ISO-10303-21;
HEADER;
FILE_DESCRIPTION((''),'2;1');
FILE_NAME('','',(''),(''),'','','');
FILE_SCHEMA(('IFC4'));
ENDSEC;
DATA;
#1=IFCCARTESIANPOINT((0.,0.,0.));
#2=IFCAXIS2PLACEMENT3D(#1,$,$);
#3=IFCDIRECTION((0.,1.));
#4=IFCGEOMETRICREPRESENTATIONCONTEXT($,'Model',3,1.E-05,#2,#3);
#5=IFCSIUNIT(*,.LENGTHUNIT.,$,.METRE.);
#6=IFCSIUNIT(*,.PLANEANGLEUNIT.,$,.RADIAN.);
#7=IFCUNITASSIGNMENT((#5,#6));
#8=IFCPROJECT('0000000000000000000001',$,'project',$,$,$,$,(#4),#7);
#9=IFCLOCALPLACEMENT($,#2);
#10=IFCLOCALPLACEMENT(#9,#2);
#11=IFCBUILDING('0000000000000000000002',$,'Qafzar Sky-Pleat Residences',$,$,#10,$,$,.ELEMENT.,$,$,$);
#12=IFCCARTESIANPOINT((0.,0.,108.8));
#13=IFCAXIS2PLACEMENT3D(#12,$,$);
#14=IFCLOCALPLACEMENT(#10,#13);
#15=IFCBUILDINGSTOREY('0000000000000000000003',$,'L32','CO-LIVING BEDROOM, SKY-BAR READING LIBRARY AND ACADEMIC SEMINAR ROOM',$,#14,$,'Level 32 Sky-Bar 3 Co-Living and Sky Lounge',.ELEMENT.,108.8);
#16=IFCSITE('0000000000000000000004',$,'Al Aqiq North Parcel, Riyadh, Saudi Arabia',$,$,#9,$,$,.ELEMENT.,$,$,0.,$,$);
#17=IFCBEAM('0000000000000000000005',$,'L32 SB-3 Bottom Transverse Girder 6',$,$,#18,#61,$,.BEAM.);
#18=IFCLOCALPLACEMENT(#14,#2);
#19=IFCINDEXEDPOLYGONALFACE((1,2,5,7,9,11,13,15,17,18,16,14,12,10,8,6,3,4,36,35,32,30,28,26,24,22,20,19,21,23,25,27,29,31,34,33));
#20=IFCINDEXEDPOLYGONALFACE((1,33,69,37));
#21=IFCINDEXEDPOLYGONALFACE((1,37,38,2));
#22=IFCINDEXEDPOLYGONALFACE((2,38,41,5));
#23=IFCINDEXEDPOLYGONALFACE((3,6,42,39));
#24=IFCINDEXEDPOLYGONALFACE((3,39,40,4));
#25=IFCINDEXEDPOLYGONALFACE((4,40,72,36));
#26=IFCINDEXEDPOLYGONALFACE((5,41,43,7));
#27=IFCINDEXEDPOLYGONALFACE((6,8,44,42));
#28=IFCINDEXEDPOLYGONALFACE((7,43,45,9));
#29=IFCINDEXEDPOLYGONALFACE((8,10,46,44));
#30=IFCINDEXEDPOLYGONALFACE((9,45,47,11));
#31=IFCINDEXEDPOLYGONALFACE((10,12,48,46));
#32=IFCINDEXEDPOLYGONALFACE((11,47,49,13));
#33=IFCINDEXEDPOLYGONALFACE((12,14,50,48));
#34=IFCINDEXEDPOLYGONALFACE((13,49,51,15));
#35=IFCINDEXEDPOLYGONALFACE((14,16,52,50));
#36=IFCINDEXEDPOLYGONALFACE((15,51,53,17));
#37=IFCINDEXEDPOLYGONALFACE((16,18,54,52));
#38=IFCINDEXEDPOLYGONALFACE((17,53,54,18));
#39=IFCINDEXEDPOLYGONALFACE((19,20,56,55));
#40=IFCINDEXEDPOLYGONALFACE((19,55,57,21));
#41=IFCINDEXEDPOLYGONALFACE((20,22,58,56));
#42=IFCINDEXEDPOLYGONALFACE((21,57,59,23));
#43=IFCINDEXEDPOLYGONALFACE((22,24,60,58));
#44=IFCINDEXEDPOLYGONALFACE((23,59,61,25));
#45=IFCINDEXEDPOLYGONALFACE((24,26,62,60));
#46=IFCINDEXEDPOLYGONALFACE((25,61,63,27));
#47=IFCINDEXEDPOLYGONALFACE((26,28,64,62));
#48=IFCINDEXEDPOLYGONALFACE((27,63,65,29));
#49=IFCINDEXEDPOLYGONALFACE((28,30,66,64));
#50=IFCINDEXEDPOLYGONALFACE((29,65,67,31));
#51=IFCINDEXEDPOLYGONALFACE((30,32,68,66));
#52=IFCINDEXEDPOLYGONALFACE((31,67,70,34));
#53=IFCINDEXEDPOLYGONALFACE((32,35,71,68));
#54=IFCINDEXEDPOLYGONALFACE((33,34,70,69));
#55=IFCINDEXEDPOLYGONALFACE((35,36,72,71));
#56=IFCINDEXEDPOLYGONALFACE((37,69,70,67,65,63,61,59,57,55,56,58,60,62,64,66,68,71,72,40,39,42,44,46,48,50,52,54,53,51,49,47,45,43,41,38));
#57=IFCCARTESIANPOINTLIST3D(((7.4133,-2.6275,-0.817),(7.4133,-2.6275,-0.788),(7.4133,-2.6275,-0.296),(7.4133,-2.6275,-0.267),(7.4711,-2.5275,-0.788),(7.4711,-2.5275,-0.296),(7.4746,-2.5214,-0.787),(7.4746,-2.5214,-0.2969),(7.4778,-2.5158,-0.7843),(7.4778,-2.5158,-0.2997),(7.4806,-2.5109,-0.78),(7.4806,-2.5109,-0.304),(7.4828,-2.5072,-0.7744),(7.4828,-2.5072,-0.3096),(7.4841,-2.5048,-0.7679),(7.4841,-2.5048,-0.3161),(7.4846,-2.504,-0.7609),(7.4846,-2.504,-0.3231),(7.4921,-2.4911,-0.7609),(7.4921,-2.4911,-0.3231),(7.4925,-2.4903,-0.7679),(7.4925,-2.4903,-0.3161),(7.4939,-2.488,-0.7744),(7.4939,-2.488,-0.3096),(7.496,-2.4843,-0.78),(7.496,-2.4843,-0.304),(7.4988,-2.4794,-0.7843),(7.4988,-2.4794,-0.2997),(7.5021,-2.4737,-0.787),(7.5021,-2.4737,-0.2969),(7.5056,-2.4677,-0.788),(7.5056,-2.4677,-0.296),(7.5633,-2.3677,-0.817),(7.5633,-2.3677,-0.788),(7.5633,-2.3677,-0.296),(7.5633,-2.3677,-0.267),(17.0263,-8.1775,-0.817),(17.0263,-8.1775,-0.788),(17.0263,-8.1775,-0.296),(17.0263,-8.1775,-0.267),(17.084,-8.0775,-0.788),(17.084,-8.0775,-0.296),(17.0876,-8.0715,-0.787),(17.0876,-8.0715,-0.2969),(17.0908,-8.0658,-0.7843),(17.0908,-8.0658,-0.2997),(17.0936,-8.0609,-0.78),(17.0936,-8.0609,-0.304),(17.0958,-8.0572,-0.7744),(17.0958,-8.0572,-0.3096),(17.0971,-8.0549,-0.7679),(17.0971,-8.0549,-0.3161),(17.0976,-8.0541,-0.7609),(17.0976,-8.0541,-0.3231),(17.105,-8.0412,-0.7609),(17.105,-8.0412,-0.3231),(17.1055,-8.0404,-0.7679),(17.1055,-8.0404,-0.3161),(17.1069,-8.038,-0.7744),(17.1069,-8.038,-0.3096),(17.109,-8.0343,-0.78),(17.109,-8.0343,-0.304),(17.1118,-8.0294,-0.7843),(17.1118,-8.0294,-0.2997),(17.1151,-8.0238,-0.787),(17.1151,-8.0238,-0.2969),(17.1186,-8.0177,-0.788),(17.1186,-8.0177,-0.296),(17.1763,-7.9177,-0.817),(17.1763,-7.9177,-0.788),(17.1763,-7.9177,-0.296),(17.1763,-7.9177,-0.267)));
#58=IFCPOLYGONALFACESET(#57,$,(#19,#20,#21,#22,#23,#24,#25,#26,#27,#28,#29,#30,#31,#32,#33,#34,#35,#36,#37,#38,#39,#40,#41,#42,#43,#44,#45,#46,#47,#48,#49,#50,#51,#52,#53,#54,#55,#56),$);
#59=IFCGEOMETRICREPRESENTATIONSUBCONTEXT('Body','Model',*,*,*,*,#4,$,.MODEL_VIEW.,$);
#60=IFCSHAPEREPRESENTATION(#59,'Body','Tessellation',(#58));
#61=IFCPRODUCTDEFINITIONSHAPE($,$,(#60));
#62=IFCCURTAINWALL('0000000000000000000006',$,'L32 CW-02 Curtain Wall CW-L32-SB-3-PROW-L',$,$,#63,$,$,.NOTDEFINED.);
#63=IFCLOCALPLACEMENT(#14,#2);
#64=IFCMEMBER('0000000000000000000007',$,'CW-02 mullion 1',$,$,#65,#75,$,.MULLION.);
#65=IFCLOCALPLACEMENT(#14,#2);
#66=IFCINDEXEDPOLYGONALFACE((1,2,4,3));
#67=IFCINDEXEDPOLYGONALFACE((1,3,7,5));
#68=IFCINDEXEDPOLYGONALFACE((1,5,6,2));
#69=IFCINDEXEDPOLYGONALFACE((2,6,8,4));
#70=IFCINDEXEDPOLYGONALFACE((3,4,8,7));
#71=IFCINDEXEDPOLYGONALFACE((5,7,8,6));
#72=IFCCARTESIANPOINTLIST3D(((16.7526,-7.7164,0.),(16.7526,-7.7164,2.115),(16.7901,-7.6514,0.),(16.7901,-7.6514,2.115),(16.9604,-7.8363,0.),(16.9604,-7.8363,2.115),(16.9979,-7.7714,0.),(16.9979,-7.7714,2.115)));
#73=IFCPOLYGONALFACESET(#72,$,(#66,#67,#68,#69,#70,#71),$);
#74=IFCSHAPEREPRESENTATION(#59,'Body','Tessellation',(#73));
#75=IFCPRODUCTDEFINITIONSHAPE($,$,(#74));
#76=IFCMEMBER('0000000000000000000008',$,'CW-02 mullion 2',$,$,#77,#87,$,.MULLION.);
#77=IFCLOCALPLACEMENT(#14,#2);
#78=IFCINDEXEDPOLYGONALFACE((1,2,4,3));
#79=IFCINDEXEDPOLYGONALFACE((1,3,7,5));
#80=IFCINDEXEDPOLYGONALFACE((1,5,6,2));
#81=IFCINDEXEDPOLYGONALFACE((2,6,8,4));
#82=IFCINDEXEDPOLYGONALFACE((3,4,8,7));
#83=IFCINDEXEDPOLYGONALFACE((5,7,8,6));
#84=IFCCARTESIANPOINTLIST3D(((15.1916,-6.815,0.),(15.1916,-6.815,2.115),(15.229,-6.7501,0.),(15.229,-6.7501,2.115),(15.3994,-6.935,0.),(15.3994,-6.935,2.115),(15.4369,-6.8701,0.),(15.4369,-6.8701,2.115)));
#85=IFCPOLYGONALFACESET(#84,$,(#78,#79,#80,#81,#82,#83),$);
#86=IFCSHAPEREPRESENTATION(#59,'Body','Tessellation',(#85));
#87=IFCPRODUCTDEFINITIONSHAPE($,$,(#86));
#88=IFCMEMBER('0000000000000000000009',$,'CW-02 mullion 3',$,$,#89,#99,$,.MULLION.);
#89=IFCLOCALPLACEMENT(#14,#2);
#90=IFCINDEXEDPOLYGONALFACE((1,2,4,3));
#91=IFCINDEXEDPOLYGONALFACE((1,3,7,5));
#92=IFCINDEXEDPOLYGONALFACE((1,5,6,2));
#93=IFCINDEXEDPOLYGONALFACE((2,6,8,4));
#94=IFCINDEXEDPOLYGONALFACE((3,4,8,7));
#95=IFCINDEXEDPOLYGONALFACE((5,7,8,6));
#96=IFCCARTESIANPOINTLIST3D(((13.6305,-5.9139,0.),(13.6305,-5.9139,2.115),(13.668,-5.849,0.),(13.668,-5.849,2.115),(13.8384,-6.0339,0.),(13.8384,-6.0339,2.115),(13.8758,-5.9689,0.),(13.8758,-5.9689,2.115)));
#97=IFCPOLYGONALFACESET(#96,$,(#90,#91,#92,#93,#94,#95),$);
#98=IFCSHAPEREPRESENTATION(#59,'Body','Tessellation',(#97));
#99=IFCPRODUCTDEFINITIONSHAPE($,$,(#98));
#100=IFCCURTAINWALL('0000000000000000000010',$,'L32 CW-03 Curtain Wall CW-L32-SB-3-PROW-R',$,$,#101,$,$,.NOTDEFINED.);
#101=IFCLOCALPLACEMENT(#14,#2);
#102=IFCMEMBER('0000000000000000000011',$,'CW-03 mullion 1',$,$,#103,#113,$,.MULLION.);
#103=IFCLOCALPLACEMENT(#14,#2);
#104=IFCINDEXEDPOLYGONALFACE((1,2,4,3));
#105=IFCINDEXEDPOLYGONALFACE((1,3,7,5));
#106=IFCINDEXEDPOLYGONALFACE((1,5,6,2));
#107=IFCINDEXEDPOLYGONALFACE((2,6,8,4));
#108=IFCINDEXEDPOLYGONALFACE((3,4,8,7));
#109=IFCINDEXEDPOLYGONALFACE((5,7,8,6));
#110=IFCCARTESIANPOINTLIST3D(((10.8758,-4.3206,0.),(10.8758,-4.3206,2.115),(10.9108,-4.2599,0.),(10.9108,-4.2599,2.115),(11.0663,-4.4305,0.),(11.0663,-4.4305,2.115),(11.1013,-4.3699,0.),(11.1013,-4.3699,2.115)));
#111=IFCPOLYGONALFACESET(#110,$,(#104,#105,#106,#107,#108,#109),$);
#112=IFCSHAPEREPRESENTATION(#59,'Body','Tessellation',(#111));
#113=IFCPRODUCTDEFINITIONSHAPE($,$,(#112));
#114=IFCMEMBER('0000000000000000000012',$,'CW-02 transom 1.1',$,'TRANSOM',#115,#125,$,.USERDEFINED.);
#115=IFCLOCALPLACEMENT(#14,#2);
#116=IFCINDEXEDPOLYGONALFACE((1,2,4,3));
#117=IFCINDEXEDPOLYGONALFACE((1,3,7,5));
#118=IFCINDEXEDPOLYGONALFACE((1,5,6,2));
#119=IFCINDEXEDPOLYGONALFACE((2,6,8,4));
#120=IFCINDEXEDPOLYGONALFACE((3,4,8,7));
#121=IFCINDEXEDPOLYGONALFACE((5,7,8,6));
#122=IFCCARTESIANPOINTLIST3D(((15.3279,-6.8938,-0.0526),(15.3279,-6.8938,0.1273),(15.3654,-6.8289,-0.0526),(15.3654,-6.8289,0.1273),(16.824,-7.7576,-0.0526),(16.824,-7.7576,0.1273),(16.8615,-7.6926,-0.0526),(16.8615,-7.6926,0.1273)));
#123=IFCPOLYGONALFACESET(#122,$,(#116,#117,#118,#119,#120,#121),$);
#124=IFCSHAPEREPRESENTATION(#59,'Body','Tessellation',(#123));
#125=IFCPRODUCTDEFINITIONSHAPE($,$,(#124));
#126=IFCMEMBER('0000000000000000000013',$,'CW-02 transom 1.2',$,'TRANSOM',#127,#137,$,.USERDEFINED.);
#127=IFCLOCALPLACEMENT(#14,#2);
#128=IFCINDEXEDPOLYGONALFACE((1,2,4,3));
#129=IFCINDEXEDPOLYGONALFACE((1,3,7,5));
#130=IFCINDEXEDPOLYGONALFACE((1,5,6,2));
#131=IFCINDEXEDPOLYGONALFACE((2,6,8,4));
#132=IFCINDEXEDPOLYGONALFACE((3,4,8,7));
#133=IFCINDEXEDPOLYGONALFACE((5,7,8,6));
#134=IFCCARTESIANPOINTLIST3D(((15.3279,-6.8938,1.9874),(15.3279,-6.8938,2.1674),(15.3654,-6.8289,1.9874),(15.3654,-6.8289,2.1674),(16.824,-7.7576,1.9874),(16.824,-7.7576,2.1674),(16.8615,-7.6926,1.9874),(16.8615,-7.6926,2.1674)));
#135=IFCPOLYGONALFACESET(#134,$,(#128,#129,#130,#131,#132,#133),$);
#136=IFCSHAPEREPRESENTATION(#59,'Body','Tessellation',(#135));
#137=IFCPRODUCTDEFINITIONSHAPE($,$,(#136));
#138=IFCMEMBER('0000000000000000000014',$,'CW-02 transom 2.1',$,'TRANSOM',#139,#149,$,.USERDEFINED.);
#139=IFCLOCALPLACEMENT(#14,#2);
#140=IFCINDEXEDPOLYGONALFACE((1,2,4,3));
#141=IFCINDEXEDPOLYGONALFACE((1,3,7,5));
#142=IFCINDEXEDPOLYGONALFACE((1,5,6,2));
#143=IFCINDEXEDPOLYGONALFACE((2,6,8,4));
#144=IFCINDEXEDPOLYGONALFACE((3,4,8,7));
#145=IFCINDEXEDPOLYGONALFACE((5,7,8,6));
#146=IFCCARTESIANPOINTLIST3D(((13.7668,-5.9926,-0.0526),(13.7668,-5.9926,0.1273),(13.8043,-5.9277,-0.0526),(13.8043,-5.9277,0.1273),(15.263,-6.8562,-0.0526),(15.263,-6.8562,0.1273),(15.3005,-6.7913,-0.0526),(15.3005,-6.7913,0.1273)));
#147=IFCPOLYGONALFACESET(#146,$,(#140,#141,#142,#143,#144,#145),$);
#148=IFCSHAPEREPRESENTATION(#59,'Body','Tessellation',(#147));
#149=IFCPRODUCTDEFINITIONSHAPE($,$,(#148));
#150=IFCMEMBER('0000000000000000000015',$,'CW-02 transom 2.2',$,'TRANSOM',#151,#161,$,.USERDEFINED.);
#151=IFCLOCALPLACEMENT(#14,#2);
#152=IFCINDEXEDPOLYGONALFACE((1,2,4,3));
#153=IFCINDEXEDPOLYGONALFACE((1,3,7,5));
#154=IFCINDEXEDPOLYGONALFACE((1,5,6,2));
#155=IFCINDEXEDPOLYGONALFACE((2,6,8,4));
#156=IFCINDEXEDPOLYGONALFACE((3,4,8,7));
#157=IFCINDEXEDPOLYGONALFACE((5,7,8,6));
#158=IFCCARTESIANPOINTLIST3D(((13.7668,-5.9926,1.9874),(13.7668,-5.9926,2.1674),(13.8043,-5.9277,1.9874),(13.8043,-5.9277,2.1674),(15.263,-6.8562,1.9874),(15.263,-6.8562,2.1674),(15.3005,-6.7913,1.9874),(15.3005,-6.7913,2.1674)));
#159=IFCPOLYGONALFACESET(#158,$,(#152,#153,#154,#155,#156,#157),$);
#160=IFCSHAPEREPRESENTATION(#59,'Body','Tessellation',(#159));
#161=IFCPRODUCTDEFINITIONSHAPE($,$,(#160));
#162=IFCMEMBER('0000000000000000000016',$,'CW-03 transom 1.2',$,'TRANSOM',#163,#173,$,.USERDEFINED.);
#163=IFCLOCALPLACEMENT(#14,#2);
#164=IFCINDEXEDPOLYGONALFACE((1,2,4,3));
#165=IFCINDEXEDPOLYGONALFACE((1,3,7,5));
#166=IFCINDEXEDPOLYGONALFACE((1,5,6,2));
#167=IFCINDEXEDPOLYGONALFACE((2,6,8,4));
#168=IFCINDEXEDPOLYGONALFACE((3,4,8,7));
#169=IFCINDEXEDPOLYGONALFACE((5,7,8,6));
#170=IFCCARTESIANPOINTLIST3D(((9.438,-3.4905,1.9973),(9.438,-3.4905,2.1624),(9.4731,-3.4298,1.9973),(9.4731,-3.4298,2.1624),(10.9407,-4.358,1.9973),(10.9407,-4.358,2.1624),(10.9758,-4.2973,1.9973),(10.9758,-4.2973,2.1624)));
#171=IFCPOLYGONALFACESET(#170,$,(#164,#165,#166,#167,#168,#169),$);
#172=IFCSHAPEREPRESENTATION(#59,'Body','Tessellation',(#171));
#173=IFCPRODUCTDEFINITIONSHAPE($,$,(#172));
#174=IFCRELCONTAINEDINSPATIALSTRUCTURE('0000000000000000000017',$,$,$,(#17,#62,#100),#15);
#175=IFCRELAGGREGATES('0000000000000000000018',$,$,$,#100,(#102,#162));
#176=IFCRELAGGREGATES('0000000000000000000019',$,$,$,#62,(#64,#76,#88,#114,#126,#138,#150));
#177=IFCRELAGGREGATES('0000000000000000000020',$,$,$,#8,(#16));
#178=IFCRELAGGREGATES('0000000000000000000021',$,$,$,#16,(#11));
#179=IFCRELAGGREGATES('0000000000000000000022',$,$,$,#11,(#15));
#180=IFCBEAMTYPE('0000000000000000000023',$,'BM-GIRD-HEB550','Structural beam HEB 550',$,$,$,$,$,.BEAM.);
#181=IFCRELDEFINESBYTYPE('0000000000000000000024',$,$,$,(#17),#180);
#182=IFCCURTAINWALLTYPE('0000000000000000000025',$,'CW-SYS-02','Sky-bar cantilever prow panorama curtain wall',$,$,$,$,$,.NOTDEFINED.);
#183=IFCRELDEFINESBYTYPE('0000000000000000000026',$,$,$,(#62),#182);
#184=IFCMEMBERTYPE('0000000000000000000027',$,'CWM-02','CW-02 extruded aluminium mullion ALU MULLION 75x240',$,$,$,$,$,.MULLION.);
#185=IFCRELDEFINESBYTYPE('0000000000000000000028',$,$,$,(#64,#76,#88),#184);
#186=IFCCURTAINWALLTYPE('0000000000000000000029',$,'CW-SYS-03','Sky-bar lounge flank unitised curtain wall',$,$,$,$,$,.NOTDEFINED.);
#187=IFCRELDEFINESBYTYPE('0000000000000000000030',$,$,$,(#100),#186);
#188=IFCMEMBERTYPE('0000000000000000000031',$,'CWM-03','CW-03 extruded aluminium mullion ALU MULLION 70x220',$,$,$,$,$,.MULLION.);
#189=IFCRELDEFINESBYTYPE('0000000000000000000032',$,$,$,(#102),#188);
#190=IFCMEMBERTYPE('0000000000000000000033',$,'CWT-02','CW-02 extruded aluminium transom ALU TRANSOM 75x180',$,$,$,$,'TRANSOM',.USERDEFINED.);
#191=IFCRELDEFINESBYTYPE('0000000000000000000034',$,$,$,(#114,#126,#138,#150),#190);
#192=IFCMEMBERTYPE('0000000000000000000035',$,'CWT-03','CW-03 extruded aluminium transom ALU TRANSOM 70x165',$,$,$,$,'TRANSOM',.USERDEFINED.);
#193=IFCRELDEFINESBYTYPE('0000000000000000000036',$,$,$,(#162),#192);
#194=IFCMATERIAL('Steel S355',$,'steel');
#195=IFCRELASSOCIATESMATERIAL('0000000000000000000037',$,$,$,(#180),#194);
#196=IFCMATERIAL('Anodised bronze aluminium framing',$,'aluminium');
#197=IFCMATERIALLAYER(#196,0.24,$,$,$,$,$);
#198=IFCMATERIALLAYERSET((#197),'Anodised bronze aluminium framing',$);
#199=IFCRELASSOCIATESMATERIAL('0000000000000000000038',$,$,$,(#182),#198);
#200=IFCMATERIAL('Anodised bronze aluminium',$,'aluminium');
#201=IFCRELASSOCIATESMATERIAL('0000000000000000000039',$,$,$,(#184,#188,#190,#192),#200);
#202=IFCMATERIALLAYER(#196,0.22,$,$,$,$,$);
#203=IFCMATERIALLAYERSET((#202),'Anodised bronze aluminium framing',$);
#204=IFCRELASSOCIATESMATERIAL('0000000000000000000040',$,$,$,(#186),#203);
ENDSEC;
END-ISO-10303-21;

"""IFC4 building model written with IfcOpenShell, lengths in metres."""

from ifc_helpers import new_model, si_unit, direction, frame, origin, origin_2d, place, context, subcontext, project, spatial, rectangle, i_section, extrude, source, transform, mapped, material, layer, layer_set, material_profile, profile_set, type_object, element, aggregate, save


model = new_model("IFC4")

# Units and contexts
model_context = context("Model", 3, precision=1e-05, world=origin(), true_north=direction((0.0, 1.0)))
body_context = subcontext(model_context, "Body", "Model", "MODEL_VIEW")
ifc_project = project(units=[si_unit("LENGTHUNIT", "METRE"), si_unit("PLANEANGLEUNIT", "RADIAN")], contexts=[model_context])

# Site, building, storey
site_placement = place(None, origin())
site = spatial("IfcSite", under=ifc_project, at=site_placement, Name="Al Aqiq North Parcel, Riyadh, Saudi Arabia", CompositionType="ELEMENT", RefElevation=0.0)
building_placement = place(site_placement, origin())
building = spatial("IfcBuilding", under=site, at=building_placement, Name="Qafzar Sky-Pleat Residences", CompositionType="ELEMENT")
storey_placement = place(building_placement, frame((0.0, 0.0, 108.8)))
storey = spatial("IfcBuildingStorey", under=building, at=storey_placement, Name="L32", Description="CO-LIVING BEDROOM, SKY-BAR READING LIBRARY AND ACADEMIC SEMINAR ROOM", LongName="Level 32 Sky-Bar 3 Co-Living and Sky Lounge", CompositionType="ELEMENT", Elevation=108.8)

# Beam
ifc_material_1 = material(Name="Steel S355", Category="steel")
ifc_material_profile_1 = material_profile(ifc_material_1, i_section(OverallWidth=0.3, OverallDepth=0.55, WebThickness=0.0149, FlangeThickness=0.0291, FilletRadius=0.0271, at=origin_2d()), Name="HEB 550")
ifc_profile_set_1 = profile_set([ifc_material_profile_1], Name="Steel S355")
beam_type_1 = type_object("IfcBeamType", Name="BM-GIRD-HEB550", Description="Structural beam HEB 550", PredefinedType="BEAM", material=ifc_profile_set_1)
shared_shape_1 = source(origin(), body_context, "Body", "SweptSolid", [
    extrude(i_section(OverallWidth=0.3, OverallDepth=0.55, WebThickness=0.0149, FlangeThickness=0.0291, FilletRadius=0.0271, at=origin_2d()), origin(), (0.0, 0.0, 1.0), 11.1001),
])
for number, where, z_axis, x_axis, name in (
    (1, (17.1013, -8.0476, -0.542), (-0.866027, 0.499997, 0.0), (-0.499997, -0.866027, 0.0), "L32 SB-3 Bottom Transverse Girder 6"),
):
    element("IfcBeam", number, at=place(storey_placement, frame(where, z_axis=z_axis, x_axis=x_axis)), inside=storey, type_object=beam_type_1, Name=name, PredefinedType="BEAM", context=body_context, shape_type="MappedRepresentation", body=[
        mapped(shared_shape_1, transform((0.0, 0.0, 0.0), x_axis=(1.0, 0.0, 0.0), y_axis=(0.0, 1.0, 0.0), z_axis=(0.0, 0.0, 1.0), scale=1.0)),
    ])

# Curtain wall, members
ifc_material_2 = material(Name="Anodised bronze aluminium framing", Category="aluminium")
ifc_layer_1 = layer(ifc_material_2, 0.24)
ifc_layer_set_1 = layer_set([ifc_layer_1], Name="Anodised bronze aluminium framing")
curtain_wall_type_1 = type_object("IfcCurtainWallType", Name="CW-SYS-02", Description="Sky-bar cantilever prow panorama curtain wall", PredefinedType="NOTDEFINED", material=ifc_layer_set_1)
curtain_wall_1_placement = place(storey_placement, origin())
curtain_wall_1 = element("IfcCurtainWall", 2, at=curtain_wall_1_placement, inside=storey, type_object=curtain_wall_type_1, Name="L32 CW-02 Curtain Wall CW-L32-SB-3-PROW-L", PredefinedType="NOTDEFINED")
ifc_material_3 = material(Name="Anodised bronze aluminium", Category="aluminium")
ifc_material_profile_2 = material_profile(ifc_material_3, rectangle(XDim=0.075, YDim=0.24, at=origin_2d()), Name="ALU MULLION 75x240")
ifc_profile_set_2 = profile_set([ifc_material_profile_2], Name="Anodised bronze aluminium")
member_type_1 = type_object("IfcMemberType", Name="CWM-02", Description="CW-02 extruded aluminium mullion ALU MULLION 75x240", PredefinedType="MULLION", material=ifc_profile_set_2)
shared_shape_2 = source(origin(), body_context, "Body", "SweptSolid", [
    extrude(rectangle(XDim=0.075, YDim=0.24, at=origin_2d()), origin(), (0.0, 0.0, 1.0), 2.115),
])
member_1_placement = place(storey_placement, frame((16.8752, -7.7439, 0.0), z_axis=(0.0, 0.0, 1.0), x_axis=(-0.499997, -0.866027, 0.0)))
member_1 = element("IfcMember", 3, at=member_1_placement, type_object=member_type_1, Name="CW-02 mullion 1", PredefinedType="MULLION", context=body_context, shape_type="MappedRepresentation", body=[
    mapped(shared_shape_2, transform((0.0, 0.0, 0.0), x_axis=(1.0, 0.0, 0.0), y_axis=(0.0, 1.0, 0.0), z_axis=(0.0, 0.0, 1.0), scale=1.0)),
])
member_2_placement = place(storey_placement, frame((15.3142, -6.8425, 0.0), z_axis=(0.0, 0.0, 1.0), x_axis=(-0.499997, -0.866027, 0.0)))
member_2 = element("IfcMember", 4, at=member_2_placement, type_object=member_type_1, Name="CW-02 mullion 2", PredefinedType="MULLION", context=body_context, shape_type="MappedRepresentation", body=[
    mapped(shared_shape_2, transform((0.0, 0.0, 0.0), x_axis=(1.0, 0.0, 0.0), y_axis=(0.0, 1.0, 0.0), z_axis=(0.0, 0.0, 1.0), scale=1.0)),
])
member_3_placement = place(storey_placement, frame((13.7532, -5.9414, 0.0), z_axis=(0.0, 0.0, 1.0), x_axis=(-0.499997, -0.866027, 0.0)))
member_3 = element("IfcMember", 5, at=member_3_placement, type_object=member_type_1, Name="CW-02 mullion 3", PredefinedType="MULLION", context=body_context, shape_type="MappedRepresentation", body=[
    mapped(shared_shape_2, transform((0.0, 0.0, 0.0), x_axis=(1.0, 0.0, 0.0), y_axis=(0.0, 1.0, 0.0), z_axis=(0.0, 0.0, 1.0), scale=1.0)),
])

# Curtain wall, member
ifc_layer_2 = layer(ifc_material_2, 0.22)
ifc_layer_set_2 = layer_set([ifc_layer_2], Name="Anodised bronze aluminium framing")
curtain_wall_type_2 = type_object("IfcCurtainWallType", Name="CW-SYS-03", Description="Sky-bar lounge flank unitised curtain wall", PredefinedType="NOTDEFINED", material=ifc_layer_set_2)
curtain_wall_2_placement = place(storey_placement, origin())
curtain_wall_2 = element("IfcCurtainWall", 6, at=curtain_wall_2_placement, inside=storey, type_object=curtain_wall_type_2, Name="L32 CW-03 Curtain Wall CW-L32-SB-3-PROW-R", PredefinedType="NOTDEFINED")
ifc_material_profile_3 = material_profile(ifc_material_3, rectangle(XDim=0.0701, YDim=0.22, at=origin_2d()), Name="ALU MULLION 70x220")
ifc_profile_set_3 = profile_set([ifc_material_profile_3], Name="Anodised bronze aluminium")
member_type_2 = type_object("IfcMemberType", Name="CWM-03", Description="CW-03 extruded aluminium mullion ALU MULLION 70x220", PredefinedType="MULLION", material=ifc_profile_set_3)
shared_shape_3 = source(origin(), body_context, "Body", "SweptSolid", [
    extrude(rectangle(XDim=0.0701, YDim=0.22, at=origin_2d()), origin(), (0.0, 0.0, 1.0), 2.115),
])
member_4_placement = place(storey_placement, frame((10.9885, -4.3452, 0.0), z_axis=(0.0, 0.0, 1.0), x_axis=(-0.499997, -0.866027, 0.0)))
member_4 = element("IfcMember", 7, at=member_4_placement, type_object=member_type_2, Name="CW-03 mullion 1", PredefinedType="MULLION", context=body_context, shape_type="MappedRepresentation", body=[
    mapped(shared_shape_3, transform((0.0, 0.0, 0.0), x_axis=(1.0, 0.0, 0.0), y_axis=(0.0, 1.0, 0.0), z_axis=(0.0, 0.0, 1.0), scale=1.0)),
])

# Members
ifc_material_profile_4 = material_profile(ifc_material_3, rectangle(XDim=0.075, YDim=0.1799, at=origin_2d()), Name="ALU TRANSOM 75x180")
ifc_profile_set_4 = profile_set([ifc_material_profile_4], Name="Anodised bronze aluminium")
member_type_3 = type_object("IfcMemberType", Name="CWT-02", Description="CW-02 extruded aluminium transom ALU TRANSOM 75x180", ElementType="TRANSOM", PredefinedType="USERDEFINED", material=ifc_profile_set_4)
shared_shape_4 = source(origin(), body_context, "Body", "SweptSolid", [
    extrude(rectangle(XDim=0.075, YDim=0.1799, at=origin_2d()), origin(), (0.0, 0.0, 1.0), 1.7275),
])
member_5_placement = place(storey_placement, frame((16.8428, -7.7251, 0.0374), z_axis=(-0.866026, 0.5, 0.0), x_axis=(-0.5, -0.866026, 0.0)))
member_5 = element("IfcMember", 8, at=member_5_placement, type_object=member_type_3, Name="CW-02 transom 1.1", ObjectType="TRANSOM", PredefinedType="USERDEFINED", context=body_context, shape_type="MappedRepresentation", body=[
    mapped(shared_shape_4, transform((0.0, 0.0, 0.0), x_axis=(1.0, 0.0, 0.0), y_axis=(0.0, 1.0, 0.0), z_axis=(0.0, 0.0, 1.0), scale=1.0)),
])
member_6_placement = place(storey_placement, frame((16.8428, -7.7251, 2.0774), z_axis=(-0.866026, 0.5, 0.0), x_axis=(-0.5, -0.866026, 0.0)))
member_6 = element("IfcMember", 9, at=member_6_placement, type_object=member_type_3, Name="CW-02 transom 1.2", ObjectType="TRANSOM", PredefinedType="USERDEFINED", context=body_context, shape_type="MappedRepresentation", body=[
    mapped(shared_shape_4, transform((0.0, 0.0, 0.0), x_axis=(1.0, 0.0, 0.0), y_axis=(0.0, 1.0, 0.0), z_axis=(0.0, 0.0, 1.0), scale=1.0)),
])
member_7_placement = place(storey_placement, frame((15.2817, -6.8237, 0.0374), z_axis=(-0.866087, 0.499894, 0.0), x_axis=(-0.499894, -0.866087, 0.0)))
member_7 = element("IfcMember", 10, at=member_7_placement, type_object=member_type_3, Name="CW-02 transom 2.1", ObjectType="TRANSOM", PredefinedType="USERDEFINED", context=body_context, shape_type="MappedRepresentation", body=[
    mapped(shared_shape_4, transform((0.0, 0.0, 0.0), x_axis=(1.0, 0.0, 0.0), y_axis=(0.0, 1.0, 0.0), z_axis=(0.0, 0.0, 1.0), scale=1.0)),
])
member_8_placement = place(storey_placement, frame((15.2817, -6.8237, 2.0774), z_axis=(-0.866087, 0.499894, 0.0), x_axis=(-0.499894, -0.866087, 0.0)))
member_8 = element("IfcMember", 11, at=member_8_placement, type_object=member_type_3, Name="CW-02 transom 2.2", ObjectType="TRANSOM", PredefinedType="USERDEFINED", context=body_context, shape_type="MappedRepresentation", body=[
    mapped(shared_shape_4, transform((0.0, 0.0, 0.0), x_axis=(1.0, 0.0, 0.0), y_axis=(0.0, 1.0, 0.0), z_axis=(0.0, 0.0, 1.0), scale=1.0)),
])
ifc_material_profile_5 = material_profile(ifc_material_3, rectangle(XDim=0.0701, YDim=0.165, at=origin_2d()), Name="ALU TRANSOM 70x165")
ifc_profile_set_5 = profile_set([ifc_material_profile_5], Name="Anodised bronze aluminium")
member_type_4 = type_object("IfcMemberType", Name="CWT-03", Description="CW-03 extruded aluminium transom ALU TRANSOM 70x165", ElementType="TRANSOM", PredefinedType="USERDEFINED", material=ifc_profile_set_5)
shared_shape_5 = source(origin(), body_context, "Body", "SweptSolid", [
    extrude(rectangle(XDim=0.0701, YDim=0.165, at=origin_2d()), origin(), (0.0, 0.0, 1.0), 1.7351),
])
member_9_placement = place(storey_placement, frame((10.9583, -4.3276, 2.0798), z_axis=(-0.866061, 0.499938, 0.0), x_axis=(-0.499938, -0.866061, 0.0)))
member_9 = element("IfcMember", 12, at=member_9_placement, type_object=member_type_4, Name="CW-03 transom 1.2", ObjectType="TRANSOM", PredefinedType="USERDEFINED", context=body_context, shape_type="MappedRepresentation", body=[
    mapped(shared_shape_5, transform((0.0, 0.0, 0.0), x_axis=(1.0, 0.0, 0.0), y_axis=(0.0, 1.0, 0.0), z_axis=(0.0, 0.0, 1.0), scale=1.0)),
])
aggregate(curtain_wall_2, [member_4, member_9])

aggregate(curtain_wall_1, [member_1, member_2, member_3, member_5, member_6, member_7, member_8])

save(model, "model.ifc")
